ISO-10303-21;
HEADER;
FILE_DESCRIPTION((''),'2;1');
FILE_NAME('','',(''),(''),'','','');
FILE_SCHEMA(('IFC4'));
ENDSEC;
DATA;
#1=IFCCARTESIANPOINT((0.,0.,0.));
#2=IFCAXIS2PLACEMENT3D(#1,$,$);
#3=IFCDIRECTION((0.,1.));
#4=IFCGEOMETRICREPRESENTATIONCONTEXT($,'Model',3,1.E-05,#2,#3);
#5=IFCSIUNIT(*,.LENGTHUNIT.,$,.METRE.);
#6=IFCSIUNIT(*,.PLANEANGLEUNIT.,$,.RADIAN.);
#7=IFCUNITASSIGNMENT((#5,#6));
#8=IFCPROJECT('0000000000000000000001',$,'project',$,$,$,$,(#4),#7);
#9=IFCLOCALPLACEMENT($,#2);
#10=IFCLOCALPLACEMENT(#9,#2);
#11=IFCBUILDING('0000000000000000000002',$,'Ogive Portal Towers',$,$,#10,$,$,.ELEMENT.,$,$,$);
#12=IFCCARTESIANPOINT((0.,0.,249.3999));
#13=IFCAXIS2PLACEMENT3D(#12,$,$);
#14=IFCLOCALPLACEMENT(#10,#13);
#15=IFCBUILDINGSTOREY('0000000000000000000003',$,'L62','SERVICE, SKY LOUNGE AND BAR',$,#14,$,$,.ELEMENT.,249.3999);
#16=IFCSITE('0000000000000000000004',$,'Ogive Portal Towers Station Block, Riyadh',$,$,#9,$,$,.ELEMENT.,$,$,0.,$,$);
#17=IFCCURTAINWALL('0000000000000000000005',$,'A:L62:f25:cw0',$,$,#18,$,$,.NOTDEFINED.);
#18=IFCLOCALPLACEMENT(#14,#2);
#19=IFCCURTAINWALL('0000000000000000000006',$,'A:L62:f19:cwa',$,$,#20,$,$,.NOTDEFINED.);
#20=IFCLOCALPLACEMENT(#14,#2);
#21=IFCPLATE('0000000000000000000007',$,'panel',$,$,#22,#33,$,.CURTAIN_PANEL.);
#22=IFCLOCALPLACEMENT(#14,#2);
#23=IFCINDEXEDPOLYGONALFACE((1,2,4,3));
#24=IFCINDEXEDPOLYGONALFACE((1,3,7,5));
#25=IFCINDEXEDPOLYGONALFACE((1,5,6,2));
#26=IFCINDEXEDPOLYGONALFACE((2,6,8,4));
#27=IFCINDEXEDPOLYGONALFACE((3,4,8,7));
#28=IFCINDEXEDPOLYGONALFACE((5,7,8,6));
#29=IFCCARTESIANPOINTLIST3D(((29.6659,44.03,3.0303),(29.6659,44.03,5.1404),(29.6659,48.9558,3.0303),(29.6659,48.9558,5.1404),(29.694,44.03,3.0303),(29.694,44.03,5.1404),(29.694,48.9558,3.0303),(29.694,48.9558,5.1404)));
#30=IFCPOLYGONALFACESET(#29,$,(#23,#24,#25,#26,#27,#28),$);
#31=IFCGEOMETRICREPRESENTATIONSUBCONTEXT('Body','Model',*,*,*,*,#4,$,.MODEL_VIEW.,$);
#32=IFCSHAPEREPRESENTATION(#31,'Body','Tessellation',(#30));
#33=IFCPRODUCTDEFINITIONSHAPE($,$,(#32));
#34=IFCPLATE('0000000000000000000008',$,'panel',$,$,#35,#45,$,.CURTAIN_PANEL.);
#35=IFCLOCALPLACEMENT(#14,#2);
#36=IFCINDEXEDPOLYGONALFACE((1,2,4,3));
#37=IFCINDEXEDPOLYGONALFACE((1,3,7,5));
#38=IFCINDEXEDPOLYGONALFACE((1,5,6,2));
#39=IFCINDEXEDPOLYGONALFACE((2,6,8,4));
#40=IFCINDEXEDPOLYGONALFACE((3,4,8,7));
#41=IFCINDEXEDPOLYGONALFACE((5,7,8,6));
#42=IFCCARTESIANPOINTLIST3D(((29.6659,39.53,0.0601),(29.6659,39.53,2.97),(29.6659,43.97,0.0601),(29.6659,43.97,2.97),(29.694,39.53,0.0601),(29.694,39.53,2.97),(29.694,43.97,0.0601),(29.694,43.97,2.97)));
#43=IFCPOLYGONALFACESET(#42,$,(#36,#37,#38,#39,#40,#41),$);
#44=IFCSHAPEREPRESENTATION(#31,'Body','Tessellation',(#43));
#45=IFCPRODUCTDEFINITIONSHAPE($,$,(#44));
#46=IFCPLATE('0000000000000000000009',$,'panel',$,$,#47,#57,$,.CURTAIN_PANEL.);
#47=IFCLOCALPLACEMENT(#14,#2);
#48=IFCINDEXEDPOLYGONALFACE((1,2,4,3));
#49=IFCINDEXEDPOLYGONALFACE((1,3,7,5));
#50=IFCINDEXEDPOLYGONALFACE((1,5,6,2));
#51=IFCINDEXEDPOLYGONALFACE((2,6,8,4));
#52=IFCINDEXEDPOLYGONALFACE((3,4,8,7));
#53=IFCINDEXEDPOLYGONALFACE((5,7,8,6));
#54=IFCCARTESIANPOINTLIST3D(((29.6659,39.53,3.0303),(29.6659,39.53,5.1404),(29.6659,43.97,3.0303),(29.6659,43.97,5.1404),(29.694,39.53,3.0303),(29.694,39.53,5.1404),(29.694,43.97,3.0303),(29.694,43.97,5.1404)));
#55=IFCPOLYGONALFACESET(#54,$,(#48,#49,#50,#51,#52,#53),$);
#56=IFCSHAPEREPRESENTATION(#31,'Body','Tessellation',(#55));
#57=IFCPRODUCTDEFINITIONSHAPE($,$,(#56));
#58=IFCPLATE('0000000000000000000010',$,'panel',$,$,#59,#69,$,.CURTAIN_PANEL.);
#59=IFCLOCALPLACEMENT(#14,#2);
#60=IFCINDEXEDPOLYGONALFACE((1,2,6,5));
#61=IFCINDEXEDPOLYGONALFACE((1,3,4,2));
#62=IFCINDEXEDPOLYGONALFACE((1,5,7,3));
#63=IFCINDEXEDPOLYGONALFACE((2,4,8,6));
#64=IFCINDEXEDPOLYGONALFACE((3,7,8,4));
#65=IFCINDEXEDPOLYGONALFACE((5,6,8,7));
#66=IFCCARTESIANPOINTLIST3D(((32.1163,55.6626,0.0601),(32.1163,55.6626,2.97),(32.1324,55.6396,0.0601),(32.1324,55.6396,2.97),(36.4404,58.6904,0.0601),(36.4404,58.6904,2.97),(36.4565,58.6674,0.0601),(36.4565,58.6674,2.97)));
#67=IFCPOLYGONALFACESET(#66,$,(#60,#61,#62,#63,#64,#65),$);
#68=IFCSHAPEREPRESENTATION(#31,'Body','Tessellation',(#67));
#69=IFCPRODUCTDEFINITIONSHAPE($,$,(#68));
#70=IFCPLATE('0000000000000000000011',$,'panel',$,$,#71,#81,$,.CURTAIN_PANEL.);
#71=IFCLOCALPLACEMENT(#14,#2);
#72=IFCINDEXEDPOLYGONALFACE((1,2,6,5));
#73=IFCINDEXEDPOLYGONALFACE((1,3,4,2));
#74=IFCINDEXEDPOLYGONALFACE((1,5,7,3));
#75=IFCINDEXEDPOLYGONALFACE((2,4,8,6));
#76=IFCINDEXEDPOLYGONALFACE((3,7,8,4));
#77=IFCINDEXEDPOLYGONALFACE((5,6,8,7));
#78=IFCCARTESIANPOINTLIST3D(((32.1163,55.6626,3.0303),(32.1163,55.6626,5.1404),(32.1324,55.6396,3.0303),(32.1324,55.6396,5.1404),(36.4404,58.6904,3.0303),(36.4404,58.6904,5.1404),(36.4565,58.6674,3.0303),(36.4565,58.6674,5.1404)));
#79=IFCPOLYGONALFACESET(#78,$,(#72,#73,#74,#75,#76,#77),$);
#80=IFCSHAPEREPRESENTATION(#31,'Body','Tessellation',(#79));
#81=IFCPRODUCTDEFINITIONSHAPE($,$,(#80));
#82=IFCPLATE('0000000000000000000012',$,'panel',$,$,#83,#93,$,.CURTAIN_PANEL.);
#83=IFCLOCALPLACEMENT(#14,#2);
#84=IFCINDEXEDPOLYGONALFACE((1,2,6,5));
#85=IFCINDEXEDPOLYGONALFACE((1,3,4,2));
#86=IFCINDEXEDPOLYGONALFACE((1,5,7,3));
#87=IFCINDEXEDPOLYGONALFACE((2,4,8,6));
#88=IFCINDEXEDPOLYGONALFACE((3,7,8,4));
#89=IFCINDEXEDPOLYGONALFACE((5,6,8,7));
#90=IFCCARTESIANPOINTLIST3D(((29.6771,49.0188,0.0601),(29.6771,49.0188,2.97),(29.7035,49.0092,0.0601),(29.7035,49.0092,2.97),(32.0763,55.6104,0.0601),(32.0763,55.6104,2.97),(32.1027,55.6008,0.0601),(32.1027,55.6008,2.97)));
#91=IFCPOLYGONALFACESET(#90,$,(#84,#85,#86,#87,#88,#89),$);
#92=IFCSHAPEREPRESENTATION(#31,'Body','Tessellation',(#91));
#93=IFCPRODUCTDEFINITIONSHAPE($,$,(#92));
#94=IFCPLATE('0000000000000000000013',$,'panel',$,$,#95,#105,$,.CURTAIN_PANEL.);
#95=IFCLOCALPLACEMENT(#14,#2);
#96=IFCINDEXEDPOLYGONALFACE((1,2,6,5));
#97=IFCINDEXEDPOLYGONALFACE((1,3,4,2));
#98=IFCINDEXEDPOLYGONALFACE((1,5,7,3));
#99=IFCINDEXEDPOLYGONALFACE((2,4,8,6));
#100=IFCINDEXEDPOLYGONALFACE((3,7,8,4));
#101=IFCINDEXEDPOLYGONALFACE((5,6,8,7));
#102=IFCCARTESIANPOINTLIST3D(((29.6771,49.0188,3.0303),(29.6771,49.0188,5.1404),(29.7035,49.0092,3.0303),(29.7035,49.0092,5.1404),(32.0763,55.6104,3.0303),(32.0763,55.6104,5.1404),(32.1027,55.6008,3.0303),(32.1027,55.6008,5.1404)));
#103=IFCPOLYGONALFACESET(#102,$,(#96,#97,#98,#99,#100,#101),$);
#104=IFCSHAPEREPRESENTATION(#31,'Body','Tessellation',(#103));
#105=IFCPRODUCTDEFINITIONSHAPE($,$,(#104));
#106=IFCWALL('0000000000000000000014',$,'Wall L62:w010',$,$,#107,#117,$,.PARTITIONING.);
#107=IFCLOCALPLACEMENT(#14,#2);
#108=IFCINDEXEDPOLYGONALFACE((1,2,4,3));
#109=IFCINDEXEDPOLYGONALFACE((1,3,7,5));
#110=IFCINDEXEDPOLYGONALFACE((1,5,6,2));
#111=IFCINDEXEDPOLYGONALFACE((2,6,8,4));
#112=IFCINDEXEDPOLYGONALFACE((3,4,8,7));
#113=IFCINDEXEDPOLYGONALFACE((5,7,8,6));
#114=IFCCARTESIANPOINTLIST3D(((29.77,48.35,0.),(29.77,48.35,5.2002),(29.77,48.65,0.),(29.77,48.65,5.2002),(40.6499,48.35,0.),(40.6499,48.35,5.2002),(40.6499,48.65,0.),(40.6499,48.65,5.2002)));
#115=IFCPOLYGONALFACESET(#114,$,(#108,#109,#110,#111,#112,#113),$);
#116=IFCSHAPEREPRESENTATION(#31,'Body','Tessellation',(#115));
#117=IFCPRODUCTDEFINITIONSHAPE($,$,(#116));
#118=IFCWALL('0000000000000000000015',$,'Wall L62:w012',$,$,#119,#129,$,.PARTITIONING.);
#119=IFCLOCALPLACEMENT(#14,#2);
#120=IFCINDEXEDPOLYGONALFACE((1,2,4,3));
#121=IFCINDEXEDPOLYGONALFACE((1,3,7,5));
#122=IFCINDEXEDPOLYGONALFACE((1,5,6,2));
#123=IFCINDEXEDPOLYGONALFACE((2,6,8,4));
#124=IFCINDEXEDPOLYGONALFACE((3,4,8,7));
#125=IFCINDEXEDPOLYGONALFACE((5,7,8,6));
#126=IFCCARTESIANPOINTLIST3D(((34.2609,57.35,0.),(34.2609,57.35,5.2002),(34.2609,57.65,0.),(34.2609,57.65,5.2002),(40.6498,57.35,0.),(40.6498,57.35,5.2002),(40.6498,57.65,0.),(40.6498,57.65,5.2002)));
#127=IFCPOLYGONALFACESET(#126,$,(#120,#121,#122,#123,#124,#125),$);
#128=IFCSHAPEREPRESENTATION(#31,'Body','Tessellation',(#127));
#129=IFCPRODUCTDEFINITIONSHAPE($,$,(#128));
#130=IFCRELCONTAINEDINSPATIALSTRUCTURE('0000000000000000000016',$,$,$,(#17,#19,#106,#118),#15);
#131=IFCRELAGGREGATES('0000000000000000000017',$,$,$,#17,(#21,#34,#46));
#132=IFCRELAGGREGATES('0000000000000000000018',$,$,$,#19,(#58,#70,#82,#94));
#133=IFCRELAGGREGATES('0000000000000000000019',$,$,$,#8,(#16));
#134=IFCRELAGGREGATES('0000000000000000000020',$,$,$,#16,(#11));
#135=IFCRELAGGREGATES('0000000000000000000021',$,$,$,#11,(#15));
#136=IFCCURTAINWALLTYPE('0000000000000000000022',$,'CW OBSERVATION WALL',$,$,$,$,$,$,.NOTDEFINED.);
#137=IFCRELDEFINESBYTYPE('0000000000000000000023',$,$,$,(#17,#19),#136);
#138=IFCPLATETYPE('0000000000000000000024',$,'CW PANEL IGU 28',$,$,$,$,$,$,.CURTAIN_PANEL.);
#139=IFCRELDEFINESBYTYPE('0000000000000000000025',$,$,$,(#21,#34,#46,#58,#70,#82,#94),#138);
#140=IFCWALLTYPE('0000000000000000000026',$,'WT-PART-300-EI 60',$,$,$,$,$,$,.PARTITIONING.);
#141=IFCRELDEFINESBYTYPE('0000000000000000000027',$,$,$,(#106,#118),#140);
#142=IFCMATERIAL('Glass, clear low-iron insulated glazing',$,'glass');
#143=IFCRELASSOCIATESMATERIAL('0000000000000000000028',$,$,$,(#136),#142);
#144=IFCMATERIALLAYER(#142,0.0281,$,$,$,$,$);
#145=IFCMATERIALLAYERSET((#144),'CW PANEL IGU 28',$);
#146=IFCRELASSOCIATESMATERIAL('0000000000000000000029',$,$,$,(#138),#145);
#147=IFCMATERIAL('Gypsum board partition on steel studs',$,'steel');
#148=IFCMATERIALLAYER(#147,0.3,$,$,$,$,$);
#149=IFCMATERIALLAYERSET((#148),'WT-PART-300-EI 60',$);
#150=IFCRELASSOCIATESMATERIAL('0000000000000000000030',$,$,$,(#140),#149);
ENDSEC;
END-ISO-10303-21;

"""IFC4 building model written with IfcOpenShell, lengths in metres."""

from ifc_helpers import new_model, si_unit, direction, frame, frame_2d, origin, origin_2d, place, context, subcontext, project, spatial, rectangle, extrude, material, layer, layer_set, type_object, element, aggregate, save


model = new_model("IFC4")

# Units and contexts
model_context = context("Model", 3, precision=1e-05, world=origin(), true_north=direction((0.0, 1.0)))
body_context = subcontext(model_context, "Body", "Model", "MODEL_VIEW")
ifc_project = project(units=[si_unit("LENGTHUNIT", "METRE"), si_unit("PLANEANGLEUNIT", "RADIAN")], contexts=[model_context])

# Site, building, storey
site_placement = place(None, origin())
site = spatial("IfcSite", under=ifc_project, at=site_placement, Name="Ogive Portal Towers Station Block, Riyadh", CompositionType="ELEMENT", RefElevation=0.0)
building_placement = place(site_placement, origin())
building = spatial("IfcBuilding", under=site, at=building_placement, Name="Ogive Portal Towers", CompositionType="ELEMENT")
storey_placement = place(building_placement, frame((0.0, 0.0, 249.3999)))
storey = spatial("IfcBuildingStorey", under=building, at=storey_placement, Name="L62", Description="SERVICE, SKY LOUNGE AND BAR", CompositionType="ELEMENT", Elevation=249.3999)

# Curtain wall
ifc_material_1 = material(Name="Glass, clear low-iron insulated glazing", Category="glass")
curtain_wall_type = type_object("IfcCurtainWallType", Name="CW OBSERVATION WALL", PredefinedType="NOTDEFINED", material=ifc_material_1)
curtain_wall_1_placement = place(storey_placement, origin())
curtain_wall_1 = element("IfcCurtainWall", 1, at=curtain_wall_1_placement, inside=storey, type_object=curtain_wall_type, Name="A:L62:f25:cw0", PredefinedType="NOTDEFINED")

# Curtain wall
curtain_wall_2_placement = place(storey_placement, origin())
curtain_wall_2 = element("IfcCurtainWall", 2, at=curtain_wall_2_placement, inside=storey, type_object=curtain_wall_type, Name="A:L62:f19:cwa", PredefinedType="NOTDEFINED")

# Plates
ifc_layer_1 = layer(ifc_material_1, 0.0281)
ifc_layer_set_1 = layer_set([ifc_layer_1], Name="CW PANEL IGU 28")
plate_type = type_object("IfcPlateType", Name="CW PANEL IGU 28", PredefinedType="CURTAIN_PANEL", material=ifc_layer_set_1)
plate_1_placement = place(storey_placement, frame((29.6799, 46.4929, 3.0303), z_axis=(0.0, 0.0, 1.0), x_axis=(0.0, -1.0, 0.0)))
plate_1 = element("IfcPlate", 3, at=plate_1_placement, type_object=plate_type, Name="panel", PredefinedType="CURTAIN_PANEL", context=body_context, shape_type="SweptSolid", body=[
    extrude(rectangle(XDim=4.9258, YDim=0.0281, at=origin_2d()), origin(), (0.0, 0.0, 1.0), 2.1101),
])
plate_2_placement = place(storey_placement, frame((29.6799, 41.75, 0.0601), z_axis=(0.0, 0.0, 1.0), x_axis=(0.0, -1.0, 0.0)))
plate_2 = element("IfcPlate", 4, at=plate_2_placement, type_object=plate_type, Name="panel", PredefinedType="CURTAIN_PANEL", context=body_context, shape_type="SweptSolid", body=[
    extrude(rectangle(XDim=4.4399, YDim=0.0281, at=origin_2d()), origin(), (0.0, 0.0, 1.0), 2.9099),
])
plate_3_placement = place(storey_placement, frame((29.6799, 41.75, 3.0303), z_axis=(0.0, 0.0, 1.0), x_axis=(0.0, -1.0, 0.0)))
plate_3 = element("IfcPlate", 5, at=plate_3_placement, type_object=plate_type, Name="panel", PredefinedType="CURTAIN_PANEL", context=body_context, shape_type="SweptSolid", body=[
    extrude(rectangle(XDim=4.4399, YDim=0.0281, at=origin_2d()), origin(), (0.0, 0.0, 1.0), 2.1101),
])
aggregate(curtain_wall_1, [plate_1, plate_2, plate_3])
plate_4_placement = place(storey_placement, frame((34.2864, 57.165, 0.0601), z_axis=(0.0, 0.0, 1.0), x_axis=(-0.819152, -0.573576, 0.0)))
plate_4 = element("IfcPlate", 6, at=plate_4_placement, type_object=plate_type, Name="panel", PredefinedType="CURTAIN_PANEL", context=body_context, shape_type="SweptSolid", body=[
    extrude(rectangle(XDim=5.2788, YDim=0.0281, at=origin_2d()), origin(), (0.0, 0.0, 1.0), 2.9099),
])
plate_5_placement = place(storey_placement, frame((34.2864, 57.165, 3.0303), z_axis=(0.0, 0.0, 1.0), x_axis=(-0.819152, -0.573576, 0.0)))
plate_5 = element("IfcPlate", 7, at=plate_5_placement, type_object=plate_type, Name="panel", PredefinedType="CURTAIN_PANEL", context=body_context, shape_type="SweptSolid", body=[
    extrude(rectangle(XDim=5.2788, YDim=0.0281, at=origin_2d()), origin(), (0.0, 0.0, 1.0), 2.1101),
])
plate_6_placement = place(storey_placement, frame((30.8899, 52.3098, 0.0601), z_axis=(0.0, 0.0, 1.0), x_axis=(-0.34202, -0.939693, 0.0)))
plate_6 = element("IfcPlate", 8, at=plate_6_placement, type_object=plate_type, Name="panel", PredefinedType="CURTAIN_PANEL", context=body_context, shape_type="SweptSolid", body=[
    extrude(rectangle(XDim=7.0146, YDim=0.0281, at=origin_2d()), origin(), (0.0, 0.0, 1.0), 2.9099),
])
plate_7_placement = place(storey_placement, frame((30.8899, 52.3098, 3.0303), z_axis=(0.0, 0.0, 1.0), x_axis=(-0.34202, -0.939693, 0.0)))
plate_7 = element("IfcPlate", 9, at=plate_7_placement, type_object=plate_type, Name="panel", PredefinedType="CURTAIN_PANEL", context=body_context, shape_type="SweptSolid", body=[
    extrude(rectangle(XDim=7.0146, YDim=0.0281, at=origin_2d()), origin(), (0.0, 0.0, 1.0), 2.1101),
])
aggregate(curtain_wall_2, [plate_4, plate_5, plate_6, plate_7])

# Walls
ifc_material_2 = material(Name="Gypsum board partition on steel studs", Category="steel")
ifc_layer_2 = layer(ifc_material_2, 0.3)
ifc_layer_set_2 = layer_set([ifc_layer_2], Name="WT-PART-300-EI 60")
wall_type = type_object("IfcWallType", Name="WT-PART-300-EI 60", PredefinedType="PARTITIONING", material=ifc_layer_set_2)
wall_1_placement = place(storey_placement, frame((29.77, 48.5, 0.0), z_axis=(0.0, 0.0, 1.0), x_axis=(1.0, 0.0, 0.0)))
element("IfcWall", 10, at=wall_1_placement, inside=storey, type_object=wall_type, Name="Wall L62:w010", PredefinedType="PARTITIONING", context=body_context, shape_type="SweptSolid", body=[
    extrude(rectangle(XDim=10.8799, YDim=0.3, at=frame_2d((5.4399, 0.0))), origin(), (0.0, 0.0, 1.0), 5.2002),
])
wall_2_placement = place(storey_placement, frame((34.261, 57.5, 0.0), z_axis=(0.0, 0.0, 1.0), x_axis=(1.0, 0.0, 0.0)))
element("IfcWall", 11, at=wall_2_placement, inside=storey, type_object=wall_type, Name="Wall L62:w012", PredefinedType="PARTITIONING", context=body_context, shape_type="SweptSolid", body=[
    extrude(rectangle(XDim=6.3889, YDim=0.3, at=frame_2d((3.1943, 0.0))), origin(), (0.0, 0.0, 1.0), 5.2002),
])

save(model, "model.ifc")
